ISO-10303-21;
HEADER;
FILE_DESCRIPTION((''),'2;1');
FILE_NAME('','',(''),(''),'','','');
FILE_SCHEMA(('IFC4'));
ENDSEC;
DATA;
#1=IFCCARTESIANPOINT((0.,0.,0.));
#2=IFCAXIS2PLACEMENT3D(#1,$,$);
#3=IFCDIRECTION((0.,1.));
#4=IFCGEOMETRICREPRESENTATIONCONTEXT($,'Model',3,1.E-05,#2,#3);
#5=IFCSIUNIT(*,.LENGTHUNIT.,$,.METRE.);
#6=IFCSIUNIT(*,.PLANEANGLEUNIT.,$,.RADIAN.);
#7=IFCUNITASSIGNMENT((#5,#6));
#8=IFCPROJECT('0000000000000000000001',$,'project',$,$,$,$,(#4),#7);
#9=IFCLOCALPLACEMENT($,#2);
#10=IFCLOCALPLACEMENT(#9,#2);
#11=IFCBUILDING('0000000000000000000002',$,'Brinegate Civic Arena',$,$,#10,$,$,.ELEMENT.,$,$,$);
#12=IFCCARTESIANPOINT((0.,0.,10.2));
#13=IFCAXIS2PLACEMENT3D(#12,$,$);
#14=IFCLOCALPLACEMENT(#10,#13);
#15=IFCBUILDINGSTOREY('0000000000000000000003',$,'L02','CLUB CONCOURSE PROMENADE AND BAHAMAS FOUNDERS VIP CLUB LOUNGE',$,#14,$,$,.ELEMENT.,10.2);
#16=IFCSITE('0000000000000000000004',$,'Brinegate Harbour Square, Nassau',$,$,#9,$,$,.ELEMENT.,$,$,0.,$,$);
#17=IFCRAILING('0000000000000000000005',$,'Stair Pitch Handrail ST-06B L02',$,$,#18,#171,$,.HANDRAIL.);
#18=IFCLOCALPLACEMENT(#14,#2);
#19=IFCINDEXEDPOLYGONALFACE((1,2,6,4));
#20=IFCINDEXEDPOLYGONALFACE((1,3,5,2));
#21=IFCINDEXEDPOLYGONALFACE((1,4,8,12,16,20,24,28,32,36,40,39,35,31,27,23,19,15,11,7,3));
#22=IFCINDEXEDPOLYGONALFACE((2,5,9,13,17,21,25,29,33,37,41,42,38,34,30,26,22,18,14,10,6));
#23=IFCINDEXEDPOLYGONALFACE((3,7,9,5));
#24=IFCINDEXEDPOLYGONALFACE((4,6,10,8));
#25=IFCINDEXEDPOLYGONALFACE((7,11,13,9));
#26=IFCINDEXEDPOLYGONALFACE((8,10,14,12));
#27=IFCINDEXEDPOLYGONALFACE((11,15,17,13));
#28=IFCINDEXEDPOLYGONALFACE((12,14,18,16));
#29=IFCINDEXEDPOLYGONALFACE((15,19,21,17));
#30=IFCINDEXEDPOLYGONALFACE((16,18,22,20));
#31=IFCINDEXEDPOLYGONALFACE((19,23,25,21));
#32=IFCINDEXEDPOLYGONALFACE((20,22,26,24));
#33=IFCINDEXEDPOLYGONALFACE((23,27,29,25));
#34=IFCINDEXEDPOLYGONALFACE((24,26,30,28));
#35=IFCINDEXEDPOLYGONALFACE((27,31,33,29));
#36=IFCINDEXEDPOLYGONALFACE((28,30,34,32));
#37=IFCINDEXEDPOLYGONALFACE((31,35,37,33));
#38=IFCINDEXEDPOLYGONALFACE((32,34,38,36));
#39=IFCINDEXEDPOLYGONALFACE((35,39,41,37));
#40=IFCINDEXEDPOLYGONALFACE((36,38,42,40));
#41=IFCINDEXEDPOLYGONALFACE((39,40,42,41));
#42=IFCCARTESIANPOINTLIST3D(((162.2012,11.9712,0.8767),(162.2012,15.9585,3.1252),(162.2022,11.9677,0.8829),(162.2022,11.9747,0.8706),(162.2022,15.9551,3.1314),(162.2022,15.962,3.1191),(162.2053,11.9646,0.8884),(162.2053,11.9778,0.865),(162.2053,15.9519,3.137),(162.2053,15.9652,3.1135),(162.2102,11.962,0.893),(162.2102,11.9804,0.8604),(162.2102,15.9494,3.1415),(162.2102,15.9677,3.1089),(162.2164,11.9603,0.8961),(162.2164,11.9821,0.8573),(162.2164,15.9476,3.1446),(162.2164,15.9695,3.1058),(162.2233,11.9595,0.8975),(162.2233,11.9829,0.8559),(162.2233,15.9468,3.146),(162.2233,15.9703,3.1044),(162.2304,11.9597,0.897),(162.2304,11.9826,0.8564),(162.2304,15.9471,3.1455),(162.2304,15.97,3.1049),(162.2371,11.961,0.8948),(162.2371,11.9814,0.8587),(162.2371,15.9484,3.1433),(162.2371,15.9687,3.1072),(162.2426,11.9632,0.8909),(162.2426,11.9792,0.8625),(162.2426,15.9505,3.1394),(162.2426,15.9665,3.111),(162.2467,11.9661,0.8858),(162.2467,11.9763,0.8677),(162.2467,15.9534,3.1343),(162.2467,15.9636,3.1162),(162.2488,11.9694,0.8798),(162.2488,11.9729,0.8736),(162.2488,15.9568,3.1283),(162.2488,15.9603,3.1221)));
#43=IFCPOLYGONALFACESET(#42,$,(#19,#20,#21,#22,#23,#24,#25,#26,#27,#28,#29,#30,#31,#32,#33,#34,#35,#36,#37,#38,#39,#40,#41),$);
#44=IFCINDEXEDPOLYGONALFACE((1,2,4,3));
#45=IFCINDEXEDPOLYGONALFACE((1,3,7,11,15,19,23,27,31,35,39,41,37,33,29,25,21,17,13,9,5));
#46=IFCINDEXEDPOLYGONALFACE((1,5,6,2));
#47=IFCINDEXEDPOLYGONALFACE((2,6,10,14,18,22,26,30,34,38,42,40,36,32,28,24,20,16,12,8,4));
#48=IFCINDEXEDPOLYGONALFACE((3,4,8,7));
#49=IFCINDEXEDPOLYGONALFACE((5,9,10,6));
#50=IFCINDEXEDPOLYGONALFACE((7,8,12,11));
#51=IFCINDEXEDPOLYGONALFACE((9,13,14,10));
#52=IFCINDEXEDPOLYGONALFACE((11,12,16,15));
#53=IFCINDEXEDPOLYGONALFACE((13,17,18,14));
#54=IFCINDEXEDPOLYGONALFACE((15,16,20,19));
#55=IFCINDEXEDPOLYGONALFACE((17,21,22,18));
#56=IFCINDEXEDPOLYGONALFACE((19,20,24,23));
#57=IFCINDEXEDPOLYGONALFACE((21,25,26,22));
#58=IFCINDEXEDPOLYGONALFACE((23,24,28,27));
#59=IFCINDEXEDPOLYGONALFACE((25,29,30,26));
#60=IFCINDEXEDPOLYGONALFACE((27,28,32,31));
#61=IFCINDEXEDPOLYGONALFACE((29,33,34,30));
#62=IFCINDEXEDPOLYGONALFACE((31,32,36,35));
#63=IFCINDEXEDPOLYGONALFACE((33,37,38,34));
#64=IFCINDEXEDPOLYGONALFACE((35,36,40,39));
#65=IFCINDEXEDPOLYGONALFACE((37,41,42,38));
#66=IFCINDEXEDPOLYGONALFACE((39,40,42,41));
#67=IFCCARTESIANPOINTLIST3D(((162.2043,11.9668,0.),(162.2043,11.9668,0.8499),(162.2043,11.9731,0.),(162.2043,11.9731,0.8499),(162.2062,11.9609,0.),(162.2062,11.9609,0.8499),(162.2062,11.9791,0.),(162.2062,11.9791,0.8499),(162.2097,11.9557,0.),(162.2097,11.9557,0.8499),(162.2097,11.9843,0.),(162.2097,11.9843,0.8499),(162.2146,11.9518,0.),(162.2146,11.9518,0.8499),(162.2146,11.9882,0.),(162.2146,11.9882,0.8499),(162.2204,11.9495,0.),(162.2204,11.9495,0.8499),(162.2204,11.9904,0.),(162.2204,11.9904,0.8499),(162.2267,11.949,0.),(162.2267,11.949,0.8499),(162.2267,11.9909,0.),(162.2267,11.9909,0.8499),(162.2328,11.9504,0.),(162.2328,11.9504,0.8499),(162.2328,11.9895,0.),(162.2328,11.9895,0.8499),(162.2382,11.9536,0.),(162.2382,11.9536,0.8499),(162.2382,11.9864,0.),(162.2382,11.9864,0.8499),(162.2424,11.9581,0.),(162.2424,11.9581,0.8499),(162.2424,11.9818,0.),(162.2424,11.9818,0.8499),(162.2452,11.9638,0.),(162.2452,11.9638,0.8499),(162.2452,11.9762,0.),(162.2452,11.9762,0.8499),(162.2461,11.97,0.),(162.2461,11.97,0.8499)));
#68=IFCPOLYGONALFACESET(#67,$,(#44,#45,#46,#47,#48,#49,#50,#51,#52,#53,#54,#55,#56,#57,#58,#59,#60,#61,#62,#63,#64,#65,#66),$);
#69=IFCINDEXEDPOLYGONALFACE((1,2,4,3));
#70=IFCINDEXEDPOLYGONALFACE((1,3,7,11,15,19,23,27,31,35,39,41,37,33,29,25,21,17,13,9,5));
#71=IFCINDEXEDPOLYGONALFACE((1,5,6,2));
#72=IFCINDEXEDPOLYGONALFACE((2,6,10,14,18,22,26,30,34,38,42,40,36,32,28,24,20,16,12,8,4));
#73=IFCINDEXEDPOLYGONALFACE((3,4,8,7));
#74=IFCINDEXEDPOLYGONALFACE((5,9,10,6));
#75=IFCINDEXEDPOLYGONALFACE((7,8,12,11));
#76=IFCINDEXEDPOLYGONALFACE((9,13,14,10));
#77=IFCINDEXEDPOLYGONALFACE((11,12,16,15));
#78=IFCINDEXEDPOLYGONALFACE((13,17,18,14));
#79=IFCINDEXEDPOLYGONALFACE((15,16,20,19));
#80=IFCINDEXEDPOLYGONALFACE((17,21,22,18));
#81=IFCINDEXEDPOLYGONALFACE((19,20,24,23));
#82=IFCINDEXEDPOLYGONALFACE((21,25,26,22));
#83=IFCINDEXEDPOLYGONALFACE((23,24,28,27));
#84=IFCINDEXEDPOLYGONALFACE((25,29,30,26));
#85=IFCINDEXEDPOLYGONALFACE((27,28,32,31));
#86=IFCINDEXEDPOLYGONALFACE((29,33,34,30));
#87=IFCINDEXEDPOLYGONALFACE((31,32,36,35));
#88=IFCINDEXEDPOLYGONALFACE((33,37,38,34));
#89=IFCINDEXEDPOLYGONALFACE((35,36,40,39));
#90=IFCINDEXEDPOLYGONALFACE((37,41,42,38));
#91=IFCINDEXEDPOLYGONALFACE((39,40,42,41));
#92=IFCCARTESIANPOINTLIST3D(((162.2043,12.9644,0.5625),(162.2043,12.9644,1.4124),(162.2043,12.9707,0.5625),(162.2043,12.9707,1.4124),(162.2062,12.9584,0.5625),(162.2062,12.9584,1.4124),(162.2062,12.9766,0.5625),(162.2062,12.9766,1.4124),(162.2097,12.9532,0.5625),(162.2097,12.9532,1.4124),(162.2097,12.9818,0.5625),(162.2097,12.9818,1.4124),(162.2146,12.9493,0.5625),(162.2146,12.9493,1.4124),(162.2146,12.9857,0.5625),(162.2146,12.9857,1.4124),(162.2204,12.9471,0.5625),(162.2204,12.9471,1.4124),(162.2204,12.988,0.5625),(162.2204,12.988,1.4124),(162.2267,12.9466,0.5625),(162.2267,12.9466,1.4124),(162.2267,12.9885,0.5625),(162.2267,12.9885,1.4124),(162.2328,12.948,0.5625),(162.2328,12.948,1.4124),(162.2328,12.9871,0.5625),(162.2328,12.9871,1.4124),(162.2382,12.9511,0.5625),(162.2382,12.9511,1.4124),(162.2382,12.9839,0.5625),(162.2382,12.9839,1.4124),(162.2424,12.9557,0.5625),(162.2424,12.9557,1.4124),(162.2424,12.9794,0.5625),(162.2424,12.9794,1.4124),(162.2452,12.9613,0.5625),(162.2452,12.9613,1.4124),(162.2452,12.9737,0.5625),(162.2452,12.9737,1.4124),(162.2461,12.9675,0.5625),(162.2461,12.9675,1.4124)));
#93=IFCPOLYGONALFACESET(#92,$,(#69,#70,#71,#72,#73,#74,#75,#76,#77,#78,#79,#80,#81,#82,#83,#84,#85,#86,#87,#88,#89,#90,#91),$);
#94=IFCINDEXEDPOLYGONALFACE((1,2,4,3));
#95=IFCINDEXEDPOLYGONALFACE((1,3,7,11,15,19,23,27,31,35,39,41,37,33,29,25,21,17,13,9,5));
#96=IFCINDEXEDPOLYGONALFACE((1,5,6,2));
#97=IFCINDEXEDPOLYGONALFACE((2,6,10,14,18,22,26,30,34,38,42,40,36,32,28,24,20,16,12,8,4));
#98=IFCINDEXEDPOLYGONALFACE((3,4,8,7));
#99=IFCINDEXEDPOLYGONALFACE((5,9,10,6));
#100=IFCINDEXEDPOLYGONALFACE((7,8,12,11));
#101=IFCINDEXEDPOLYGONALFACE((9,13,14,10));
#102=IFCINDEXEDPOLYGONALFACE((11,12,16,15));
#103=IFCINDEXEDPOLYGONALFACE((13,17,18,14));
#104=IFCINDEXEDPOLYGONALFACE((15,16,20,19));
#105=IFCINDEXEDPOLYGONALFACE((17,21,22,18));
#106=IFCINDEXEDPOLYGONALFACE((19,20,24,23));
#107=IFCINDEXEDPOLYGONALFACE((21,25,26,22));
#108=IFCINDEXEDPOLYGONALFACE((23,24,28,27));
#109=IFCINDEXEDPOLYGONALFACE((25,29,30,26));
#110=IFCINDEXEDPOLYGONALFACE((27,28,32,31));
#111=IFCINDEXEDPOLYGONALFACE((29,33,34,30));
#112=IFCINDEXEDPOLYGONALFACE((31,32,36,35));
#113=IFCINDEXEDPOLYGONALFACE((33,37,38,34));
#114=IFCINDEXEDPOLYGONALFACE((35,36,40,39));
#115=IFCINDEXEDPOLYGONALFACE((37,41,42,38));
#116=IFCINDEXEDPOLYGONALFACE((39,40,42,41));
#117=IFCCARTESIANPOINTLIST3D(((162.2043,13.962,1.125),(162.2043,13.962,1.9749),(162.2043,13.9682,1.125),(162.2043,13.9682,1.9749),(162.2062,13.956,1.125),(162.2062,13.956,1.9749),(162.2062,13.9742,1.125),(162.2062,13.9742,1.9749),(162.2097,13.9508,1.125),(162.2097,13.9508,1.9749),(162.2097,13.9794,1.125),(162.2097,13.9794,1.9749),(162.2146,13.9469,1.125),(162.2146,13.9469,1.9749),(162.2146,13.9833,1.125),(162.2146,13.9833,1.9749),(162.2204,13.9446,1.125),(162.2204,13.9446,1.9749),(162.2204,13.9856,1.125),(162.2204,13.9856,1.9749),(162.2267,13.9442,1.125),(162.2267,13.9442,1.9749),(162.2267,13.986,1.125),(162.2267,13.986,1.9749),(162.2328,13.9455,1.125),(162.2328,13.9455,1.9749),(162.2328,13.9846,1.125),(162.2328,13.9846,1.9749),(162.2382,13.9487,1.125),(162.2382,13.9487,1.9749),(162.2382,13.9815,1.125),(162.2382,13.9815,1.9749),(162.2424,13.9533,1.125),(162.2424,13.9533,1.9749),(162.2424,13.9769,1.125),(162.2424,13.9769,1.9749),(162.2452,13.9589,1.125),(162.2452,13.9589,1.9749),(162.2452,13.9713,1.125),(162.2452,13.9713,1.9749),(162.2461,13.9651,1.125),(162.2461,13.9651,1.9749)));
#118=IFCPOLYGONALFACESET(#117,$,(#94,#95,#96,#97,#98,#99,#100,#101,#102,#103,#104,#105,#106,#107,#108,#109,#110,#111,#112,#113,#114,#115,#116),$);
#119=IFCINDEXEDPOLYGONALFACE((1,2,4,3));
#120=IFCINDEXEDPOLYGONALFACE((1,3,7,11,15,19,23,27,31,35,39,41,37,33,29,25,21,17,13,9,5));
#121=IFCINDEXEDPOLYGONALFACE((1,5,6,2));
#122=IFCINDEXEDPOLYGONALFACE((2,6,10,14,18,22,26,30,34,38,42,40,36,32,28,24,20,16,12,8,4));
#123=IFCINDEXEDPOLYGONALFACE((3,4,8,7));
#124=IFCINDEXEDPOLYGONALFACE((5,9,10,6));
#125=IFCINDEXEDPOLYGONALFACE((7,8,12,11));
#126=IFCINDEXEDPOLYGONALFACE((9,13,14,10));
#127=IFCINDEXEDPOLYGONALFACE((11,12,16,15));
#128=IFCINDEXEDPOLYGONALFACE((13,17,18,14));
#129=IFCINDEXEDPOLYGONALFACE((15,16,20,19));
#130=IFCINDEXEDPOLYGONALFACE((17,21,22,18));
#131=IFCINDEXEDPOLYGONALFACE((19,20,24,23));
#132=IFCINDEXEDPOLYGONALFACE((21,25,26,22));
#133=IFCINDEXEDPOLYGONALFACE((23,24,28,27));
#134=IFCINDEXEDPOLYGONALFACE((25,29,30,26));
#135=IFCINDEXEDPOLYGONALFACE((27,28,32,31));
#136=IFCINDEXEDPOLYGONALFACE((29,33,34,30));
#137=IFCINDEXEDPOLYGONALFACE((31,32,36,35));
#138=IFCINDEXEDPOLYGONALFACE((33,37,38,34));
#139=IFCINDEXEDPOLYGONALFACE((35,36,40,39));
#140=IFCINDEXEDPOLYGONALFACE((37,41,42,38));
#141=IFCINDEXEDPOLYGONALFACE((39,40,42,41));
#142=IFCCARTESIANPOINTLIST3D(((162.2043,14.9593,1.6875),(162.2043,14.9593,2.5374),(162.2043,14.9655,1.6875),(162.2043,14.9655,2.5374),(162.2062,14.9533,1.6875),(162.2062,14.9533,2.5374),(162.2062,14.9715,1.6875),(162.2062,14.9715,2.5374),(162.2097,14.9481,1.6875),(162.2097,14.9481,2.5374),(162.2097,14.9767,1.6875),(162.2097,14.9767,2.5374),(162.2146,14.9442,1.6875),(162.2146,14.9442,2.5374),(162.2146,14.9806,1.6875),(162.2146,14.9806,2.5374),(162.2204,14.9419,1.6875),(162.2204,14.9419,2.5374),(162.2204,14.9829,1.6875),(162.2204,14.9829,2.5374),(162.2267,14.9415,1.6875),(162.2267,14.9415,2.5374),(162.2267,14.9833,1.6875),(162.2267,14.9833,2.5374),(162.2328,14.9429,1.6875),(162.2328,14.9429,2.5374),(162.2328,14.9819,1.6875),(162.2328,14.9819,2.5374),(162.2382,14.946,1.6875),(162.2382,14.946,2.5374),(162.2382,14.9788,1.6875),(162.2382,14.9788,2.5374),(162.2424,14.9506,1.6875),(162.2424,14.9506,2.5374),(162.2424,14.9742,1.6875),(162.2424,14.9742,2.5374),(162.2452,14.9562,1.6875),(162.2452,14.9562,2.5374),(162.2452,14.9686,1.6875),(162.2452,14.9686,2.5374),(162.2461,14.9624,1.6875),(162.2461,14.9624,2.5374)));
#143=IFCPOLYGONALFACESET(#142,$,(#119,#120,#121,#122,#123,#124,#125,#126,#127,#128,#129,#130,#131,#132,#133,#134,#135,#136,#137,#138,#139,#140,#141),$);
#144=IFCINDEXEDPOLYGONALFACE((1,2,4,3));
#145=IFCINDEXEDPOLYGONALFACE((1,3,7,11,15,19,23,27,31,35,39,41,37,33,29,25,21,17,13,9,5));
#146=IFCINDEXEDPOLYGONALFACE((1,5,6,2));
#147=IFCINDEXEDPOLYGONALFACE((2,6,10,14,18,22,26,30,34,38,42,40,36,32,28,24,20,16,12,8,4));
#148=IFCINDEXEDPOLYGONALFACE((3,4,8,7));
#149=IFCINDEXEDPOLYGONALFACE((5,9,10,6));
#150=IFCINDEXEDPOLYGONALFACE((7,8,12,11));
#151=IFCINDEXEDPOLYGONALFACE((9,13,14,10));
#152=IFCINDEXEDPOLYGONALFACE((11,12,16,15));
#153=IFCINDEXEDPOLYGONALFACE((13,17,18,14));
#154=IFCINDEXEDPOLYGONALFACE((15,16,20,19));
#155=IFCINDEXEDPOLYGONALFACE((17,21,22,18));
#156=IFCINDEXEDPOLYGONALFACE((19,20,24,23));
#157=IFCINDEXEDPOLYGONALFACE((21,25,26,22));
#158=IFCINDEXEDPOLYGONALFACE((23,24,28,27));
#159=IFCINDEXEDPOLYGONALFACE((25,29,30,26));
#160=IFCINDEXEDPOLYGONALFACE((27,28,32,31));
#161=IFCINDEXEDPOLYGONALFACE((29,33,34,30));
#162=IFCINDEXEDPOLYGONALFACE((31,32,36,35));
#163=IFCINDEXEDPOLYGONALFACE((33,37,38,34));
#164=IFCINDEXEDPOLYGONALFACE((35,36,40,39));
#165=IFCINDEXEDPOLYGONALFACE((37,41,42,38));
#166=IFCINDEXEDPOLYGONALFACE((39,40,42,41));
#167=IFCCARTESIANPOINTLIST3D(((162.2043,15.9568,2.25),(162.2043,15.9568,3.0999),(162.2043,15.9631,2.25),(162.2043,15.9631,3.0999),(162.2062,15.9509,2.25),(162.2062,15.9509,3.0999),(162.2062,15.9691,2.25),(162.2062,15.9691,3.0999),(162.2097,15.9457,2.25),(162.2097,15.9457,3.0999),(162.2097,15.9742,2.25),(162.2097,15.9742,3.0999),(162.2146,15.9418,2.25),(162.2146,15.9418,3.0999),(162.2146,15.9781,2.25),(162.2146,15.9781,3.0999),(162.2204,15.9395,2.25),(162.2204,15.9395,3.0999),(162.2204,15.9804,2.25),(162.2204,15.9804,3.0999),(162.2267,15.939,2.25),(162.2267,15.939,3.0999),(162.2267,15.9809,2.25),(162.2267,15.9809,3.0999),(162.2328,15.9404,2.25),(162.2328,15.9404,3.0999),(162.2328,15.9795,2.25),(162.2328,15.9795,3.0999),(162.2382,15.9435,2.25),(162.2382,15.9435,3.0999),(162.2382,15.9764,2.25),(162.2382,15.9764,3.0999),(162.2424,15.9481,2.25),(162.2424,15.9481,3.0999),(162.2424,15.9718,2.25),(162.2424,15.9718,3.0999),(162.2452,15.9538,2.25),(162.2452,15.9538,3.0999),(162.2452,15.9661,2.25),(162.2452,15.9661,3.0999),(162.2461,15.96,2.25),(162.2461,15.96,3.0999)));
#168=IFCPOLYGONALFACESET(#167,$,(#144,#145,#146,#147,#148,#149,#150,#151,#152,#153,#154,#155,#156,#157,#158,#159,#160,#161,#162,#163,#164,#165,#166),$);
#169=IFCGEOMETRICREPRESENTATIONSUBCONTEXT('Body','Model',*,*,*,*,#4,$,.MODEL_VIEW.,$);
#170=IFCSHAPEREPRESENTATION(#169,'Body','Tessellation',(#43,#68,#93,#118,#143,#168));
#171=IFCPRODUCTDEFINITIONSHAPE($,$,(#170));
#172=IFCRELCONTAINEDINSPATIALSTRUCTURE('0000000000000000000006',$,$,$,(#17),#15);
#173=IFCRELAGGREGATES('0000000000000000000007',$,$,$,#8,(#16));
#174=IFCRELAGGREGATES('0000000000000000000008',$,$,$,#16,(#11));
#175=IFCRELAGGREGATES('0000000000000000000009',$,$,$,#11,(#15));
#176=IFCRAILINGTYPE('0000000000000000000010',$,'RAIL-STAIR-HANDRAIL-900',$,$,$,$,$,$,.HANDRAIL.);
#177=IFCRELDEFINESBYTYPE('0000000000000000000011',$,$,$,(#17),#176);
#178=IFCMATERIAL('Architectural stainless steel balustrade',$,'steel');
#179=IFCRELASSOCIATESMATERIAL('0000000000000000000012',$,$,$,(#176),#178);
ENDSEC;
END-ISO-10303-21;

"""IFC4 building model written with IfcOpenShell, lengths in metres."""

from ifc_helpers import new_model, si_unit, direction, frame, origin, origin_2d, place, context, subcontext, project, spatial, circle, extrude, material, type_object, element, save


model = new_model("IFC4")

# Units and contexts
model_context = context("Model", 3, precision=1e-05, world=origin(), true_north=direction((0.0, 1.0)))
body_context = subcontext(model_context, "Body", "Model", "MODEL_VIEW")
ifc_project = project(units=[si_unit("LENGTHUNIT", "METRE"), si_unit("PLANEANGLEUNIT", "RADIAN")], contexts=[model_context])

# Site, building, storey
site_placement = place(None, origin())
site = spatial("IfcSite", under=ifc_project, at=site_placement, Name="Brinegate Harbour Square, Nassau", CompositionType="ELEMENT", RefElevation=0.0)
building_placement = place(site_placement, origin())
building = spatial("IfcBuilding", under=site, at=building_placement, Name="Brinegate Civic Arena", CompositionType="ELEMENT")
storey_placement = place(building_placement, frame((0.0, 0.0, 10.2)))
storey = spatial("IfcBuildingStorey", under=building, at=storey_placement, Name="L02", Description="CLUB CONCOURSE PROMENADE AND BAHAMAS FOUNDERS VIP CLUB LOUNGE", CompositionType="ELEMENT", Elevation=10.2)

# Railing
ifc_material_1 = material(Name="Architectural stainless steel balustrade", Category="steel")
railing_type_1 = type_object("IfcRailingType", Name="RAIL-STAIR-HANDRAIL-900", PredefinedType="HANDRAIL", material=ifc_material_1)
for number, where, name in (
    (1, (162.2251, 11.97, 0.0), "Stair Pitch Handrail ST-06B L02"),
):
    element("IfcRailing", number, at=place(storey_placement, frame(where)), inside=storey, type_object=railing_type_1, Name=name, PredefinedType="HANDRAIL", context=body_context, shape_type="SweptSolid", body=[
        extrude(circle(Radius=0.0239, at=origin_2d()), frame((0.0, 0.0012, 0.8767), z_axis=(0.0, 0.87105, 0.491195), x_axis=(-1.0, 0.0, 0.0)), (0.0, 0.0, 1.0), 4.5776),
        extrude(circle(Radius=0.021, at=origin_2d()), origin(), (0.0, 0.0, 1.0), 0.8499),
        extrude(circle(Radius=0.021, at=origin_2d()), frame((0.0, 0.9976, 0.5625)), (0.0, 0.0, 1.0), 0.8499),
        extrude(circle(Radius=0.021, at=origin_2d()), frame((0.0, 1.9951, 1.125)), (0.0, 0.0, 1.0), 0.8499),
        extrude(circle(Radius=0.021, at=origin_2d()), frame((0.0, 2.9924, 1.6875)), (0.0, 0.0, 1.0), 0.8499),
        extrude(circle(Radius=0.021, at=origin_2d()), frame((0.0, 3.99, 2.25)), (0.0, 0.0, 1.0), 0.8499),
    ])

save(model, "model.ifc")
